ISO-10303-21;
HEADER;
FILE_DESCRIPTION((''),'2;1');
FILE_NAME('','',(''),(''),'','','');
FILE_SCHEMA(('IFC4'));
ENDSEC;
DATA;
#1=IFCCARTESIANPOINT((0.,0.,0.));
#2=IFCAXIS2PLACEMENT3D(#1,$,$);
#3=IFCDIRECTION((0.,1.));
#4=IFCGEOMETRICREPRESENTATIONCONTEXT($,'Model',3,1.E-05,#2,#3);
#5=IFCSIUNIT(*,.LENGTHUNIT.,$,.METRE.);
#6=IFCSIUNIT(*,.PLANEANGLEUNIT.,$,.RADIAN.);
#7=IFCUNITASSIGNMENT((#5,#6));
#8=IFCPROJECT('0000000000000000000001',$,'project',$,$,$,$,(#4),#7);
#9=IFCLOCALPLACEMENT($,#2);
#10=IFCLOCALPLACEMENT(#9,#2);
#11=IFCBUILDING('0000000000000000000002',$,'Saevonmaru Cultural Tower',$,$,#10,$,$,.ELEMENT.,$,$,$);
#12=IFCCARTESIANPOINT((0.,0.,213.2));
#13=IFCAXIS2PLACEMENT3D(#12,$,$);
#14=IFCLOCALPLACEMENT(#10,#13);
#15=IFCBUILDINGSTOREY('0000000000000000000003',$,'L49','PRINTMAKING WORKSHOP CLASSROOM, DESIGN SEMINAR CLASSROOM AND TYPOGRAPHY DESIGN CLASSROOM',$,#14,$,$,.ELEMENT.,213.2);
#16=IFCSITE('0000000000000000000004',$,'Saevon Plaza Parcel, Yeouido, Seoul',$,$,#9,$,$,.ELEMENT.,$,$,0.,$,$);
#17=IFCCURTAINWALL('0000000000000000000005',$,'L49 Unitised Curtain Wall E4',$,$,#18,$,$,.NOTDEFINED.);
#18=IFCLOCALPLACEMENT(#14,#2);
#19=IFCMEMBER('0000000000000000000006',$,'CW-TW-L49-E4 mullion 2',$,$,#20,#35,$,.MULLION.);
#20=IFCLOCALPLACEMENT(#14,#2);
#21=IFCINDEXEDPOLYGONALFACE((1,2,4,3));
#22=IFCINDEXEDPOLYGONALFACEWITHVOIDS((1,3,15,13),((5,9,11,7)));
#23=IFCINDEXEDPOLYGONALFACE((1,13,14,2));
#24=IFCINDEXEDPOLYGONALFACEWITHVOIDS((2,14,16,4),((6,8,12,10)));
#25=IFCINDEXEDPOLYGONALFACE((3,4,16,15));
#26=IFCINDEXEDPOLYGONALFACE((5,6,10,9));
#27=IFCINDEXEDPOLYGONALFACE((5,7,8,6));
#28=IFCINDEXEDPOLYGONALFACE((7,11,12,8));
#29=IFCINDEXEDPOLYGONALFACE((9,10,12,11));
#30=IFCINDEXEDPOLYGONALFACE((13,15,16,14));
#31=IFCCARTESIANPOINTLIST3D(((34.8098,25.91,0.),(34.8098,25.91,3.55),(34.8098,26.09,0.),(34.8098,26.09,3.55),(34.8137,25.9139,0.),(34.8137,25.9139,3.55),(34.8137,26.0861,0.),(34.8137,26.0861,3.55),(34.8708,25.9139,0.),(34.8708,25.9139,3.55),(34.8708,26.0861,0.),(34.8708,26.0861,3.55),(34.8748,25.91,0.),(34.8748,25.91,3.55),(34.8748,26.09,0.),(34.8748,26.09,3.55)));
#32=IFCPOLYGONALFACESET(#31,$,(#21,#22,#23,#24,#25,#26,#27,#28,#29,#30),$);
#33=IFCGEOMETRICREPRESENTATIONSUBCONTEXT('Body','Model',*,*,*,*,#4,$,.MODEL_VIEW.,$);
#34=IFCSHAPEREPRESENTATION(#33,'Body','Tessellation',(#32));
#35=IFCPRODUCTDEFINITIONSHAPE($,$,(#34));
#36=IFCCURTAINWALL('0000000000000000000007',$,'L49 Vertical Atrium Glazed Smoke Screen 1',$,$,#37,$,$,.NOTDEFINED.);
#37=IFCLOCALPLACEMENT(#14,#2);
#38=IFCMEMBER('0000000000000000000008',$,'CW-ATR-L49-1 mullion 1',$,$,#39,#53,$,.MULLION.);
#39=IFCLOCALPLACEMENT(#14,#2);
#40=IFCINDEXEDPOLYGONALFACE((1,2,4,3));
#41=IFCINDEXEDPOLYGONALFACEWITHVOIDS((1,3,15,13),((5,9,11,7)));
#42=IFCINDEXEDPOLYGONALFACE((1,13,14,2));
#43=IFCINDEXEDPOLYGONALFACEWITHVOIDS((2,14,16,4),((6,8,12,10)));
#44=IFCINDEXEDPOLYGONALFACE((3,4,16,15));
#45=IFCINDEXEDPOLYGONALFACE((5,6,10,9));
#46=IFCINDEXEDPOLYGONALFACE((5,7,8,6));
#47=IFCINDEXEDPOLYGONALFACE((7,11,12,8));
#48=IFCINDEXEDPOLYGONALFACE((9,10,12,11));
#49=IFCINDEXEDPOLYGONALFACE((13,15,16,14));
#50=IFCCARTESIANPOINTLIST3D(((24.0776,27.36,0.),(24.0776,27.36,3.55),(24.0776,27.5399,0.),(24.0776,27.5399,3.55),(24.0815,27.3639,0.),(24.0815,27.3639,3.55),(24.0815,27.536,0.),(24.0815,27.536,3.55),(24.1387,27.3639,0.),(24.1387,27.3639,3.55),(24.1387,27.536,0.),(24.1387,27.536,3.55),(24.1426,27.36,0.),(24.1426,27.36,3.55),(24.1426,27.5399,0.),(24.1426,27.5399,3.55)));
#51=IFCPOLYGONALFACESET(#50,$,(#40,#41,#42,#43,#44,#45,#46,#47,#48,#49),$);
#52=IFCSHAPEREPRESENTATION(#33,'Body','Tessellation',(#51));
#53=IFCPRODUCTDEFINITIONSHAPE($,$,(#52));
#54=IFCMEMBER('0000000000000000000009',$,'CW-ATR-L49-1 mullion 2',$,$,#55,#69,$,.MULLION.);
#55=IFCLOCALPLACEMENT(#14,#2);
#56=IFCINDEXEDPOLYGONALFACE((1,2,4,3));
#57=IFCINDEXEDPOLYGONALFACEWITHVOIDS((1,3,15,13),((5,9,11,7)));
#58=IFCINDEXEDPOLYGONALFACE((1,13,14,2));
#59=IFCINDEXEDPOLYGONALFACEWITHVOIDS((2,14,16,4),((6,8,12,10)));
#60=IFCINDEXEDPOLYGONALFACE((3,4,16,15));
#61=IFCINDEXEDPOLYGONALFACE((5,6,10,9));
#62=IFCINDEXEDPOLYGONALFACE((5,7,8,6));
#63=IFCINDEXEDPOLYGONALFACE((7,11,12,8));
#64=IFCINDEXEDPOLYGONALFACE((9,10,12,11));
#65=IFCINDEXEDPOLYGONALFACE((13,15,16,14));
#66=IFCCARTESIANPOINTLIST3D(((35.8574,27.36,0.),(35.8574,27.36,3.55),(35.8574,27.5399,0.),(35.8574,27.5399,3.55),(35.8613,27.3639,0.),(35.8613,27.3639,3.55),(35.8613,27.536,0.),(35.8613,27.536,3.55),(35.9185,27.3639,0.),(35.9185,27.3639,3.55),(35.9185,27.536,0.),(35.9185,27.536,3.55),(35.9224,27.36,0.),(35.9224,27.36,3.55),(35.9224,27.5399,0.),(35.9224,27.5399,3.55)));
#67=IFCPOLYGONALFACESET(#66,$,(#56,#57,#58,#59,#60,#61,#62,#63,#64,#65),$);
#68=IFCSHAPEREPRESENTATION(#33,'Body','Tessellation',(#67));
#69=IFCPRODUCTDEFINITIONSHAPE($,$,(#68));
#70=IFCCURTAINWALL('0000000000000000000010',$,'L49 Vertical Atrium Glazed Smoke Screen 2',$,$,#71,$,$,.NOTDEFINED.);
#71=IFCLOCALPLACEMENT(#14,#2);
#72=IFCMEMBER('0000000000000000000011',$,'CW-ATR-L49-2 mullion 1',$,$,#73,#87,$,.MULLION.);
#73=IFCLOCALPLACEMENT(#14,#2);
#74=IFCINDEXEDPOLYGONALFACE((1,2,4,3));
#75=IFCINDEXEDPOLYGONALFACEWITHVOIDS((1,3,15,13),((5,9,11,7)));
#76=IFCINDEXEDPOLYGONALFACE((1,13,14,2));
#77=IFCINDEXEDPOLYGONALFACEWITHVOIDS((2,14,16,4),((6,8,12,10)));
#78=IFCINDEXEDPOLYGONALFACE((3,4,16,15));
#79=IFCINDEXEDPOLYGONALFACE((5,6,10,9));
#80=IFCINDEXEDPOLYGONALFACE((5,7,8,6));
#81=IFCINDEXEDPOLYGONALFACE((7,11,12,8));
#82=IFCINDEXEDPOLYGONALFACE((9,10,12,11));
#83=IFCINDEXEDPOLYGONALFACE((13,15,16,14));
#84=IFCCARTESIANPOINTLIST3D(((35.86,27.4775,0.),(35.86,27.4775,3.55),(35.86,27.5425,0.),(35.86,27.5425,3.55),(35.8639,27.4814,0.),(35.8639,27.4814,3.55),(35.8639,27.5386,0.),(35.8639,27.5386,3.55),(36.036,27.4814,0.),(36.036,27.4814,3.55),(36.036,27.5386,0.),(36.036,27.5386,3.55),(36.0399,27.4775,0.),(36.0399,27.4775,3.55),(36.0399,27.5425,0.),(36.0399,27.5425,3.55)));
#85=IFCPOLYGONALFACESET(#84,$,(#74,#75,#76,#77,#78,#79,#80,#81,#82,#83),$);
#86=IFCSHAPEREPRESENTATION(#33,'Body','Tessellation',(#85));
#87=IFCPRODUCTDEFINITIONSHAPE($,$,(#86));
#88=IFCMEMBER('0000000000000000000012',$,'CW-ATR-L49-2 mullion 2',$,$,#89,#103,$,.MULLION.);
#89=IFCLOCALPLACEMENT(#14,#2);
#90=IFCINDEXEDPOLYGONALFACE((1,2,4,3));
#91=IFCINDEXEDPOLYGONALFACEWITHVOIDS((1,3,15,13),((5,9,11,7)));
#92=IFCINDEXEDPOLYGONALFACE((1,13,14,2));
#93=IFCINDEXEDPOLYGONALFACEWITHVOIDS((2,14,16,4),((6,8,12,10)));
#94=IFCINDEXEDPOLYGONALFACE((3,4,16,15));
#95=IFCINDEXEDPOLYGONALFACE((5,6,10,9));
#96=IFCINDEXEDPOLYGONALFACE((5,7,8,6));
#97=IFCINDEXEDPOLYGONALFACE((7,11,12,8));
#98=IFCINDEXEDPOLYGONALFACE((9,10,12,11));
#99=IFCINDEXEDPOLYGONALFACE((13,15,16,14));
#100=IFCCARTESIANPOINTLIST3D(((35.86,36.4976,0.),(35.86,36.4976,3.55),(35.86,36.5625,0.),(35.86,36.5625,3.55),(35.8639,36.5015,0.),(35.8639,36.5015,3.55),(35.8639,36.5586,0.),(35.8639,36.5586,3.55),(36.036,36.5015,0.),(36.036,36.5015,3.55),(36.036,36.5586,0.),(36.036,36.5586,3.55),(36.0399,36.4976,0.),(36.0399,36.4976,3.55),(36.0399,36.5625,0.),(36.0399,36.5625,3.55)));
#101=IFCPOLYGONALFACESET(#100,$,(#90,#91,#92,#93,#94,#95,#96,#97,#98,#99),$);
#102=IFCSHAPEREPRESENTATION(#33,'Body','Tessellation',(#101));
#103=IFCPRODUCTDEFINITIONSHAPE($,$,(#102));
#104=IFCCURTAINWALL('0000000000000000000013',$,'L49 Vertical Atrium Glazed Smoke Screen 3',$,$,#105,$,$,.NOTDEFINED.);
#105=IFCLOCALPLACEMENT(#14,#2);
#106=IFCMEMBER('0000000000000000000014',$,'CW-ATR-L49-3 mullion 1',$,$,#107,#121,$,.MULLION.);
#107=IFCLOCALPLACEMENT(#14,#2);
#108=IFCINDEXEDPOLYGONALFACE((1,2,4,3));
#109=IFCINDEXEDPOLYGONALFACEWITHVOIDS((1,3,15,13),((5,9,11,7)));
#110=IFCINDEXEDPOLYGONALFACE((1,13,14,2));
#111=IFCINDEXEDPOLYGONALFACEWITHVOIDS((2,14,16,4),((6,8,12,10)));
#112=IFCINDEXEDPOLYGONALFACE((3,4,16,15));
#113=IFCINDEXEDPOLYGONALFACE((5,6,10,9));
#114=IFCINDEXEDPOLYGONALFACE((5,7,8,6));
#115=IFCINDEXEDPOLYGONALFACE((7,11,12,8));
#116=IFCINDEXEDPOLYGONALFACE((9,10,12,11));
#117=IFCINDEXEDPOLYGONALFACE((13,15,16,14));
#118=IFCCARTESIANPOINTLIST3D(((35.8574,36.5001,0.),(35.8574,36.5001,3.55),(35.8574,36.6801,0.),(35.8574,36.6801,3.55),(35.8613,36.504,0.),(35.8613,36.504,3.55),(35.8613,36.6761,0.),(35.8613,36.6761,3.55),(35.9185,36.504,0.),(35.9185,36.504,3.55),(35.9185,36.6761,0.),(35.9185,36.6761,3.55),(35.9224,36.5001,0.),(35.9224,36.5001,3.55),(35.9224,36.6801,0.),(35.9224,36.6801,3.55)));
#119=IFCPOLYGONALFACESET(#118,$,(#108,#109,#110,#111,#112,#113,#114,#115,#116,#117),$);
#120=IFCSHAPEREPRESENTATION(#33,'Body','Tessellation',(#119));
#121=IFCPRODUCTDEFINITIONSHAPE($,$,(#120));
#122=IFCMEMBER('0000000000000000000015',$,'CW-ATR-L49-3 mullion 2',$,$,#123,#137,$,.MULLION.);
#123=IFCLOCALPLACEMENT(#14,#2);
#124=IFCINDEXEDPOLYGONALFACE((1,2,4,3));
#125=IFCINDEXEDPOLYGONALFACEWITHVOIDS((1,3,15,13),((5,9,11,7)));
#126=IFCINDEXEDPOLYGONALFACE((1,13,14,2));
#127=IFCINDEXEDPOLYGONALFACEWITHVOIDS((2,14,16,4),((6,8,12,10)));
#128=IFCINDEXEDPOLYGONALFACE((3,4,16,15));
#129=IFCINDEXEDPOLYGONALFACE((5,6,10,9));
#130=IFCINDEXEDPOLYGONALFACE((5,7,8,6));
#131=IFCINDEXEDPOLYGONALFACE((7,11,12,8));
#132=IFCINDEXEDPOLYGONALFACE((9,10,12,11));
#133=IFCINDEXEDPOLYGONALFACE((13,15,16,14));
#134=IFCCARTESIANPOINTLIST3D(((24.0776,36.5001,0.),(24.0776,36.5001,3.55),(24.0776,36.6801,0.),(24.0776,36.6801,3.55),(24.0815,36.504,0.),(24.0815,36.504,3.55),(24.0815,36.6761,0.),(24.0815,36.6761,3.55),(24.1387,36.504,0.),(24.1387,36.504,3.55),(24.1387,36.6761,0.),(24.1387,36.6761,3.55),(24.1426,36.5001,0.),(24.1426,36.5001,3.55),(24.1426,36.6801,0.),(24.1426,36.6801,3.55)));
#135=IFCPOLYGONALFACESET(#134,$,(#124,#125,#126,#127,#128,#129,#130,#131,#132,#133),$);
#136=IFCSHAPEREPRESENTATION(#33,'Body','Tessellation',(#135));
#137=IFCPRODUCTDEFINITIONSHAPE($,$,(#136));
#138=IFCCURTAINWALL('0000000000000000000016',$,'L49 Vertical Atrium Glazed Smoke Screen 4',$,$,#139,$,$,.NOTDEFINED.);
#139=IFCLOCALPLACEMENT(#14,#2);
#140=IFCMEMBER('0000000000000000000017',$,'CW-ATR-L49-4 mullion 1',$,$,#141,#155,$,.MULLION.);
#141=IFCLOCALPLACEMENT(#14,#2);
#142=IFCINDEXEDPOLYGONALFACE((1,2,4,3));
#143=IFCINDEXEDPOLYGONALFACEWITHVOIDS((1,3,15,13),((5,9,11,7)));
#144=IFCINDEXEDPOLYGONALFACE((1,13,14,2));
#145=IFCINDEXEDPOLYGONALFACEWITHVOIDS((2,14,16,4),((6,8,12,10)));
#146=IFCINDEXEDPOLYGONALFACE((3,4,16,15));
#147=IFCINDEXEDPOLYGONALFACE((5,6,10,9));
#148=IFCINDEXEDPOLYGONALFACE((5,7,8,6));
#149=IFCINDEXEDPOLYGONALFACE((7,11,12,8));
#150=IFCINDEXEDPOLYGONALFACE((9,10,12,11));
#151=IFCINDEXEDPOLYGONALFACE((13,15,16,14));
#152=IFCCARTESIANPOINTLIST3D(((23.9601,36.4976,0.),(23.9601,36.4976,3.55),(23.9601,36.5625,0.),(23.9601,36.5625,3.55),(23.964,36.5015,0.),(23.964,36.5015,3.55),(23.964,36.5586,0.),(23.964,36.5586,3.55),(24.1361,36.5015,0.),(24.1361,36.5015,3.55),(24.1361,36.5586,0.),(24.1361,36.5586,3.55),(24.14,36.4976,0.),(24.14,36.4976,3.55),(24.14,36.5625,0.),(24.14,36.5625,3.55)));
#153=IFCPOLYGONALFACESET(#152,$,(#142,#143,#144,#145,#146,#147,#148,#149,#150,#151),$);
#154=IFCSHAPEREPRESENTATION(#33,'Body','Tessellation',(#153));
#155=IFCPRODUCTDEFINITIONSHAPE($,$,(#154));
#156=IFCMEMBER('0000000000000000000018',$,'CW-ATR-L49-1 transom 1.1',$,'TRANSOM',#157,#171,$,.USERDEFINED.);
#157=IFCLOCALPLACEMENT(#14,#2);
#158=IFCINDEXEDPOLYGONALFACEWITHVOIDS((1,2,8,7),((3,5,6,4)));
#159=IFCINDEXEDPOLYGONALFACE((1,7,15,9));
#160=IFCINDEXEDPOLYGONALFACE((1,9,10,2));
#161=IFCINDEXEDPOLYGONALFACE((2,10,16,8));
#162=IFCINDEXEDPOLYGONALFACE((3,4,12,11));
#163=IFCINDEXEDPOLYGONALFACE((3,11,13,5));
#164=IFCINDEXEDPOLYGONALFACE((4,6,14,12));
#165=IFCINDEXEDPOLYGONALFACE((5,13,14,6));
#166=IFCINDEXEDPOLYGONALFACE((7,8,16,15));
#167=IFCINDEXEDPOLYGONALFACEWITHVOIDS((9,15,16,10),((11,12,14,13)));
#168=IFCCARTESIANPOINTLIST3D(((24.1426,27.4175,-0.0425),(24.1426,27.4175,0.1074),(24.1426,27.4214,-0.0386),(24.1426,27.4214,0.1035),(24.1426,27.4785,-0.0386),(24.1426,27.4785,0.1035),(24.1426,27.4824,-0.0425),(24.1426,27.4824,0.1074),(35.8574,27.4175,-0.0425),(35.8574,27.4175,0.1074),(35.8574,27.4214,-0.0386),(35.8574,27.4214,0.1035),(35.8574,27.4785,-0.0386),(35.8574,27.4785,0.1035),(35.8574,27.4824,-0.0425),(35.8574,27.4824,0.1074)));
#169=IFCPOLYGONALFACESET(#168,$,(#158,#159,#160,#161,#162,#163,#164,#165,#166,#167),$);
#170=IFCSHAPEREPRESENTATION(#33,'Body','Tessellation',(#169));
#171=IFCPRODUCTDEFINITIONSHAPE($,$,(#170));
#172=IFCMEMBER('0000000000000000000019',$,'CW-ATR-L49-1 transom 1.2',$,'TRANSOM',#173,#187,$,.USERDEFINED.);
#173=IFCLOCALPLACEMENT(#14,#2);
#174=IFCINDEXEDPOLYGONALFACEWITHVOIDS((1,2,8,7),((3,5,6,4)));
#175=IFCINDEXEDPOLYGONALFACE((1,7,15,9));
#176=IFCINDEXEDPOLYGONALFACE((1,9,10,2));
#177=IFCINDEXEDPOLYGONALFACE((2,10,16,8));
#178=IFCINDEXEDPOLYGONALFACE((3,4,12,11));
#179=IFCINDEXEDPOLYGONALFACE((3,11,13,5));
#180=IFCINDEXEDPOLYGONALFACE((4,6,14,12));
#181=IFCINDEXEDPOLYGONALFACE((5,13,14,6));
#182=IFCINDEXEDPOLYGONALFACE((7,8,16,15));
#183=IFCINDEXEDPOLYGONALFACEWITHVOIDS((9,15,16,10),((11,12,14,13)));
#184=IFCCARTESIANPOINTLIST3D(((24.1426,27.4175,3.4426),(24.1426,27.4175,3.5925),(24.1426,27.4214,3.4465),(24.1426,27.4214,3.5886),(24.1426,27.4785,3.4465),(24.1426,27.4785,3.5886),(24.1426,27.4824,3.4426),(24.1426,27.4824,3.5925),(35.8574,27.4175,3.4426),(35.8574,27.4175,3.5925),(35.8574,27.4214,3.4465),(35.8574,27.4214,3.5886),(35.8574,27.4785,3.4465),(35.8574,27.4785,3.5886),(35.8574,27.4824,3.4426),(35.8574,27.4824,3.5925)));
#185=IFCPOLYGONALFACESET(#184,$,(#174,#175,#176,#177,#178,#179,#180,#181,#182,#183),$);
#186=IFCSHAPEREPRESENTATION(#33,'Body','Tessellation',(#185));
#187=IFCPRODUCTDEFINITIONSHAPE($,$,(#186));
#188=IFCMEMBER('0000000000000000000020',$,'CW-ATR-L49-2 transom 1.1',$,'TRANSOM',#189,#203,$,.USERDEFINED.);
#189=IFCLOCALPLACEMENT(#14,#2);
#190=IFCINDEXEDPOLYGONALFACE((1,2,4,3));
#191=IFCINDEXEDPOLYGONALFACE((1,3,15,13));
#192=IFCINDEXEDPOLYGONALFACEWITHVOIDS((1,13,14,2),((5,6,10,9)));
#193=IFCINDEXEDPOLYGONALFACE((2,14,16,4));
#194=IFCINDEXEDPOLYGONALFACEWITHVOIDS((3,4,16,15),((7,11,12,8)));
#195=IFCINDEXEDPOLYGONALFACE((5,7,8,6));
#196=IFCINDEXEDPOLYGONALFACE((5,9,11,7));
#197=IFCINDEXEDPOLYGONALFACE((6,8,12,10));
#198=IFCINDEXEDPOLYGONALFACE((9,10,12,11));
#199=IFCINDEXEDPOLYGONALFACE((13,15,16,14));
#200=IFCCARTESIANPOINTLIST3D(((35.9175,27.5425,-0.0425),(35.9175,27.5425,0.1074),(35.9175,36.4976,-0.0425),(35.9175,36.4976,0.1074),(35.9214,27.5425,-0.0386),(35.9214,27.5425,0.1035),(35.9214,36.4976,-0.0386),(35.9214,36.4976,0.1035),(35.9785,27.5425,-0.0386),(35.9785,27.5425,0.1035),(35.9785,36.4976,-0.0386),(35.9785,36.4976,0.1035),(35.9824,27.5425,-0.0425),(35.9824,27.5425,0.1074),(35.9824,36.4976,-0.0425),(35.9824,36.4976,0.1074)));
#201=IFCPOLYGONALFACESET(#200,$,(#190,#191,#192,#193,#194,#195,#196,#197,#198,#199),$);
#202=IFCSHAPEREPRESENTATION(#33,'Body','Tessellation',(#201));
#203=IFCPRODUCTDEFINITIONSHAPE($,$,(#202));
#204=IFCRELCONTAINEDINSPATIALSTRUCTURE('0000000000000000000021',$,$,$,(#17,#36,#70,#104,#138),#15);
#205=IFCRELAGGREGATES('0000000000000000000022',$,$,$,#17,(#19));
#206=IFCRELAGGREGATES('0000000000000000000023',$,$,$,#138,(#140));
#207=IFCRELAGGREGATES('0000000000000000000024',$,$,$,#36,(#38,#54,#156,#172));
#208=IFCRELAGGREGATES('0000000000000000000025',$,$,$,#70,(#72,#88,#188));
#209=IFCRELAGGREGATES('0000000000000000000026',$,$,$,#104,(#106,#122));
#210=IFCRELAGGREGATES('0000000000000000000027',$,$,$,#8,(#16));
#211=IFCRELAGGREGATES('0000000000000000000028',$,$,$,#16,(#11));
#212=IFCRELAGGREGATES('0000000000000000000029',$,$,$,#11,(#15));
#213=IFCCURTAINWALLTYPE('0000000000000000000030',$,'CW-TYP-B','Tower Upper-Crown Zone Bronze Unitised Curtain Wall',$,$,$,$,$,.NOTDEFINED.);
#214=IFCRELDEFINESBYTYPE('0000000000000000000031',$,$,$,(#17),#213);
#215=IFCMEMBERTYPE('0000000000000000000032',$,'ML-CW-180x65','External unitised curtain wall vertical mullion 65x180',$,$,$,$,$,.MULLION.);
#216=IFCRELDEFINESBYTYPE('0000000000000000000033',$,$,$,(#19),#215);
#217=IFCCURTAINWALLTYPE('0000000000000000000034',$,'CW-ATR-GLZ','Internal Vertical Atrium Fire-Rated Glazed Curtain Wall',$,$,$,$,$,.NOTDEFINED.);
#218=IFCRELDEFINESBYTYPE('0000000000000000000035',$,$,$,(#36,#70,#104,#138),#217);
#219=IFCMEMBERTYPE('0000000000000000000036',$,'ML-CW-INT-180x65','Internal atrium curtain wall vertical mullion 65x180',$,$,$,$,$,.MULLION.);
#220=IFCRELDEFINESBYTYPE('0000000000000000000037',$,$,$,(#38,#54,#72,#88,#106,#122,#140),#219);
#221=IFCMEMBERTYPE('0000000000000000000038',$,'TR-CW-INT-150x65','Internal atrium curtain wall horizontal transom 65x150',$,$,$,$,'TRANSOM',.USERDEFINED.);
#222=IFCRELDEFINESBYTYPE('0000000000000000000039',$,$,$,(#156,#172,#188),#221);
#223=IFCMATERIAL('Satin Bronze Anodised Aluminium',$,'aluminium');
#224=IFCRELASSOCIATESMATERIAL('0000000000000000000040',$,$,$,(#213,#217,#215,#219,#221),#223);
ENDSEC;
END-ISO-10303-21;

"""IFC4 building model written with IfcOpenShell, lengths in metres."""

from ifc_helpers import new_model, si_unit, direction, frame, origin, origin_2d, place, context, subcontext, project, spatial, hollow_rectangle, extrude, material, material_profile, profile_set, type_object, element, aggregate, save


model = new_model("IFC4")

# Units and contexts
model_context = context("Model", 3, precision=1e-05, world=origin(), true_north=direction((0.0, 1.0)))
body_context = subcontext(model_context, "Body", "Model", "MODEL_VIEW")
ifc_project = project(units=[si_unit("LENGTHUNIT", "METRE"), si_unit("PLANEANGLEUNIT", "RADIAN")], contexts=[model_context])

# Site, building, storey
site_placement = place(None, origin())
site = spatial("IfcSite", under=ifc_project, at=site_placement, Name="Saevon Plaza Parcel, Yeouido, Seoul", CompositionType="ELEMENT", RefElevation=0.0)
building_placement = place(site_placement, origin())
building = spatial("IfcBuilding", under=site, at=building_placement, Name="Saevonmaru Cultural Tower", CompositionType="ELEMENT")
storey_placement = place(building_placement, frame((0.0, 0.0, 213.2)))
storey = spatial("IfcBuildingStorey", under=building, at=storey_placement, Name="L49", Description="PRINTMAKING WORKSHOP CLASSROOM, DESIGN SEMINAR CLASSROOM AND TYPOGRAPHY DESIGN CLASSROOM", CompositionType="ELEMENT", Elevation=213.2)

# Curtain wall, member
ifc_material_1 = material(Name="Satin Bronze Anodised Aluminium", Category="aluminium")
curtain_wall_type_1 = type_object("IfcCurtainWallType", Name="CW-TYP-B", Description="Tower Upper-Crown Zone Bronze Unitised Curtain Wall", PredefinedType="NOTDEFINED", material=ifc_material_1)
curtain_wall_1_placement = place(storey_placement, origin())
curtain_wall_1 = element("IfcCurtainWall", 1, at=curtain_wall_1_placement, inside=storey, type_object=curtain_wall_type_1, Name="L49 Unitised Curtain Wall E4", PredefinedType="NOTDEFINED")
ifc_material_profile_1 = material_profile(ifc_material_1, hollow_rectangle(XDim=0.0649, YDim=0.1799, WallThickness=0.0039, at=origin_2d()), Name="ALU-MULL-180x65x4")
ifc_profile_set_1 = profile_set([ifc_material_profile_1], Name="Satin Bronze Anodised Aluminium")
member_type_1 = type_object("IfcMemberType", Name="ML-CW-180x65", Description="External unitised curtain wall vertical mullion 65x180", PredefinedType="MULLION", material=ifc_profile_set_1)
member_1_placement = place(storey_placement, frame((34.8423, 26.0, 0.0), z_axis=(0.0, 0.0, 1.0), x_axis=(1.0, 0.0, 0.0)))
member_1 = element("IfcMember", 2, at=member_1_placement, type_object=member_type_1, Name="CW-TW-L49-E4 mullion 2", PredefinedType="MULLION", context=body_context, shape_type="SweptSolid", body=[
    extrude(hollow_rectangle(XDim=0.0649, YDim=0.1799, WallThickness=0.0039, at=origin_2d()), origin(), (0.0, 0.0, 1.0), 3.55),
])
aggregate(curtain_wall_1, [member_1])

# Curtain walls, members
curtain_wall_type_2 = type_object("IfcCurtainWallType", Name="CW-ATR-GLZ", Description="Internal Vertical Atrium Fire-Rated Glazed Curtain Wall", PredefinedType="NOTDEFINED", material=ifc_material_1)
curtain_wall_2_placement = place(storey_placement, origin())
curtain_wall_2 = element("IfcCurtainWall", 3, at=curtain_wall_2_placement, inside=storey, type_object=curtain_wall_type_2, Name="L49 Vertical Atrium Glazed Smoke Screen 1", PredefinedType="NOTDEFINED")
ifc_material_profile_2 = material_profile(ifc_material_1, hollow_rectangle(XDim=0.0649, YDim=0.1799, WallThickness=0.0039, at=origin_2d()), Name="ALU-MULL-180x65x4")
ifc_profile_set_2 = profile_set([ifc_material_profile_2], Name="Satin Bronze Anodised Aluminium")
member_type_2 = type_object("IfcMemberType", Name="ML-CW-INT-180x65", Description="Internal atrium curtain wall vertical mullion 65x180", PredefinedType="MULLION", material=ifc_profile_set_2)
member_2_placement = place(storey_placement, frame((24.1101, 27.45, 0.0), z_axis=(0.0, 0.0, 1.0), x_axis=(1.0, 0.0, 0.0)))
member_2 = element("IfcMember", 4, at=member_2_placement, type_object=member_type_2, Name="CW-ATR-L49-1 mullion 1", PredefinedType="MULLION", context=body_context, shape_type="SweptSolid", body=[
    extrude(hollow_rectangle(XDim=0.0649, YDim=0.1799, WallThickness=0.0039, at=origin_2d()), origin(), (0.0, 0.0, 1.0), 3.55),
])
member_3_placement = place(storey_placement, frame((35.8899, 27.45, 0.0), z_axis=(0.0, 0.0, 1.0), x_axis=(1.0, 0.0, 0.0)))
member_3 = element("IfcMember", 5, at=member_3_placement, type_object=member_type_2, Name="CW-ATR-L49-1 mullion 2", PredefinedType="MULLION", context=body_context, shape_type="SweptSolid", body=[
    extrude(hollow_rectangle(XDim=0.0649, YDim=0.1799, WallThickness=0.0039, at=origin_2d()), origin(), (0.0, 0.0, 1.0), 3.55),
])
curtain_wall_3_placement = place(storey_placement, origin())
curtain_wall_3 = element("IfcCurtainWall", 6, at=curtain_wall_3_placement, inside=storey, type_object=curtain_wall_type_2, Name="L49 Vertical Atrium Glazed Smoke Screen 2", PredefinedType="NOTDEFINED")
member_4_placement = place(storey_placement, frame((35.95, 27.51, 0.0), z_axis=(0.0, 0.0, 1.0), x_axis=(0.0, 1.0, 0.0)))
member_4 = element("IfcMember", 7, at=member_4_placement, type_object=member_type_2, Name="CW-ATR-L49-2 mullion 1", PredefinedType="MULLION", context=body_context, shape_type="SweptSolid", body=[
    extrude(hollow_rectangle(XDim=0.0649, YDim=0.1799, WallThickness=0.0039, at=origin_2d()), origin(), (0.0, 0.0, 1.0), 3.55),
])
member_5_placement = place(storey_placement, frame((35.95, 36.53, 0.0), z_axis=(0.0, 0.0, 1.0), x_axis=(0.0, 1.0, 0.0)))
member_5 = element("IfcMember", 8, at=member_5_placement, type_object=member_type_2, Name="CW-ATR-L49-2 mullion 2", PredefinedType="MULLION", context=body_context, shape_type="SweptSolid", body=[
    extrude(hollow_rectangle(XDim=0.0649, YDim=0.1799, WallThickness=0.0039, at=origin_2d()), origin(), (0.0, 0.0, 1.0), 3.55),
])
curtain_wall_4_placement = place(storey_placement, origin())
curtain_wall_4 = element("IfcCurtainWall", 9, at=curtain_wall_4_placement, inside=storey, type_object=curtain_wall_type_2, Name="L49 Vertical Atrium Glazed Smoke Screen 3", PredefinedType="NOTDEFINED")
member_6_placement = place(storey_placement, frame((35.8899, 36.5901, 0.0), z_axis=(0.0, 0.0, 1.0), x_axis=(-1.0, 0.0, 0.0)))
member_6 = element("IfcMember", 10, at=member_6_placement, type_object=member_type_2, Name="CW-ATR-L49-3 mullion 1", PredefinedType="MULLION", context=body_context, shape_type="SweptSolid", body=[
    extrude(hollow_rectangle(XDim=0.0649, YDim=0.1799, WallThickness=0.0039, at=origin_2d()), origin(), (0.0, 0.0, 1.0), 3.55),
])
member_7_placement = place(storey_placement, frame((24.1101, 36.5901, 0.0), z_axis=(0.0, 0.0, 1.0), x_axis=(-1.0, 0.0, 0.0)))
member_7 = element("IfcMember", 11, at=member_7_placement, type_object=member_type_2, Name="CW-ATR-L49-3 mullion 2", PredefinedType="MULLION", context=body_context, shape_type="SweptSolid", body=[
    extrude(hollow_rectangle(XDim=0.0649, YDim=0.1799, WallThickness=0.0039, at=origin_2d()), origin(), (0.0, 0.0, 1.0), 3.55),
])

# Curtain wall, member
curtain_wall_5_placement = place(storey_placement, origin())
curtain_wall_5 = element("IfcCurtainWall", 12, at=curtain_wall_5_placement, inside=storey, type_object=curtain_wall_type_2, Name="L49 Vertical Atrium Glazed Smoke Screen 4", PredefinedType="NOTDEFINED")
member_8_placement = place(storey_placement, frame((24.05, 36.53, 0.0), z_axis=(0.0, 0.0, 1.0), x_axis=(0.0, -1.0, 0.0)))
member_8 = element("IfcMember", 13, at=member_8_placement, type_object=member_type_2, Name="CW-ATR-L49-4 mullion 1", PredefinedType="MULLION", context=body_context, shape_type="SweptSolid", body=[
    extrude(hollow_rectangle(XDim=0.0649, YDim=0.1799, WallThickness=0.0039, at=origin_2d()), origin(), (0.0, 0.0, 1.0), 3.55),
])

# Members
ifc_material_profile_3 = material_profile(ifc_material_1, hollow_rectangle(XDim=0.0649, YDim=0.1499, WallThickness=0.0039, at=origin_2d()), Name="ALU-TRAN-150x65x4")
ifc_profile_set_3 = profile_set([ifc_material_profile_3], Name="Satin Bronze Anodised Aluminium")
member_type_3 = type_object("IfcMemberType", Name="TR-CW-INT-150x65", Description="Internal atrium curtain wall horizontal transom 65x150", ElementType="TRANSOM", PredefinedType="USERDEFINED", material=ifc_profile_set_3)
member_9_placement = place(storey_placement, frame((24.1426, 27.45, 0.0325), z_axis=(1.0, 0.0, 0.0), x_axis=(0.0, 1.0, 0.0)))
member_9 = element("IfcMember", 14, at=member_9_placement, type_object=member_type_3, Name="CW-ATR-L49-1 transom 1.1", ObjectType="TRANSOM", PredefinedType="USERDEFINED", context=body_context, shape_type="SweptSolid", body=[
    extrude(hollow_rectangle(XDim=0.0649, YDim=0.1499, WallThickness=0.0039, at=origin_2d()), origin(), (0.0, 0.0, 1.0), 11.7148),
])
member_10_placement = place(storey_placement, frame((24.1426, 27.45, 3.5176), z_axis=(1.0, 0.0, 0.0), x_axis=(0.0, 1.0, 0.0)))
member_10 = element("IfcMember", 15, at=member_10_placement, type_object=member_type_3, Name="CW-ATR-L49-1 transom 1.2", ObjectType="TRANSOM", PredefinedType="USERDEFINED", context=body_context, shape_type="SweptSolid", body=[
    extrude(hollow_rectangle(XDim=0.0649, YDim=0.1499, WallThickness=0.0039, at=origin_2d()), origin(), (0.0, 0.0, 1.0), 11.7148),
])
member_11_placement = place(storey_placement, frame((35.95, 27.5425, 0.0325), z_axis=(0.0, 1.0, 0.0), x_axis=(-1.0, 0.0, 0.0)))
member_11 = element("IfcMember", 16, at=member_11_placement, type_object=member_type_3, Name="CW-ATR-L49-2 transom 1.1", ObjectType="TRANSOM", PredefinedType="USERDEFINED", context=body_context, shape_type="SweptSolid", body=[
    extrude(hollow_rectangle(XDim=0.0649, YDim=0.1499, WallThickness=0.0039, at=origin_2d()), origin(), (0.0, 0.0, 1.0), 8.9551),
])
aggregate(curtain_wall_5, [member_8])

aggregate(curtain_wall_2, [member_2, member_3, member_9, member_10])
aggregate(curtain_wall_3, [member_4, member_5, member_11])
aggregate(curtain_wall_4, [member_6, member_7])

save(model, "model.ifc")
